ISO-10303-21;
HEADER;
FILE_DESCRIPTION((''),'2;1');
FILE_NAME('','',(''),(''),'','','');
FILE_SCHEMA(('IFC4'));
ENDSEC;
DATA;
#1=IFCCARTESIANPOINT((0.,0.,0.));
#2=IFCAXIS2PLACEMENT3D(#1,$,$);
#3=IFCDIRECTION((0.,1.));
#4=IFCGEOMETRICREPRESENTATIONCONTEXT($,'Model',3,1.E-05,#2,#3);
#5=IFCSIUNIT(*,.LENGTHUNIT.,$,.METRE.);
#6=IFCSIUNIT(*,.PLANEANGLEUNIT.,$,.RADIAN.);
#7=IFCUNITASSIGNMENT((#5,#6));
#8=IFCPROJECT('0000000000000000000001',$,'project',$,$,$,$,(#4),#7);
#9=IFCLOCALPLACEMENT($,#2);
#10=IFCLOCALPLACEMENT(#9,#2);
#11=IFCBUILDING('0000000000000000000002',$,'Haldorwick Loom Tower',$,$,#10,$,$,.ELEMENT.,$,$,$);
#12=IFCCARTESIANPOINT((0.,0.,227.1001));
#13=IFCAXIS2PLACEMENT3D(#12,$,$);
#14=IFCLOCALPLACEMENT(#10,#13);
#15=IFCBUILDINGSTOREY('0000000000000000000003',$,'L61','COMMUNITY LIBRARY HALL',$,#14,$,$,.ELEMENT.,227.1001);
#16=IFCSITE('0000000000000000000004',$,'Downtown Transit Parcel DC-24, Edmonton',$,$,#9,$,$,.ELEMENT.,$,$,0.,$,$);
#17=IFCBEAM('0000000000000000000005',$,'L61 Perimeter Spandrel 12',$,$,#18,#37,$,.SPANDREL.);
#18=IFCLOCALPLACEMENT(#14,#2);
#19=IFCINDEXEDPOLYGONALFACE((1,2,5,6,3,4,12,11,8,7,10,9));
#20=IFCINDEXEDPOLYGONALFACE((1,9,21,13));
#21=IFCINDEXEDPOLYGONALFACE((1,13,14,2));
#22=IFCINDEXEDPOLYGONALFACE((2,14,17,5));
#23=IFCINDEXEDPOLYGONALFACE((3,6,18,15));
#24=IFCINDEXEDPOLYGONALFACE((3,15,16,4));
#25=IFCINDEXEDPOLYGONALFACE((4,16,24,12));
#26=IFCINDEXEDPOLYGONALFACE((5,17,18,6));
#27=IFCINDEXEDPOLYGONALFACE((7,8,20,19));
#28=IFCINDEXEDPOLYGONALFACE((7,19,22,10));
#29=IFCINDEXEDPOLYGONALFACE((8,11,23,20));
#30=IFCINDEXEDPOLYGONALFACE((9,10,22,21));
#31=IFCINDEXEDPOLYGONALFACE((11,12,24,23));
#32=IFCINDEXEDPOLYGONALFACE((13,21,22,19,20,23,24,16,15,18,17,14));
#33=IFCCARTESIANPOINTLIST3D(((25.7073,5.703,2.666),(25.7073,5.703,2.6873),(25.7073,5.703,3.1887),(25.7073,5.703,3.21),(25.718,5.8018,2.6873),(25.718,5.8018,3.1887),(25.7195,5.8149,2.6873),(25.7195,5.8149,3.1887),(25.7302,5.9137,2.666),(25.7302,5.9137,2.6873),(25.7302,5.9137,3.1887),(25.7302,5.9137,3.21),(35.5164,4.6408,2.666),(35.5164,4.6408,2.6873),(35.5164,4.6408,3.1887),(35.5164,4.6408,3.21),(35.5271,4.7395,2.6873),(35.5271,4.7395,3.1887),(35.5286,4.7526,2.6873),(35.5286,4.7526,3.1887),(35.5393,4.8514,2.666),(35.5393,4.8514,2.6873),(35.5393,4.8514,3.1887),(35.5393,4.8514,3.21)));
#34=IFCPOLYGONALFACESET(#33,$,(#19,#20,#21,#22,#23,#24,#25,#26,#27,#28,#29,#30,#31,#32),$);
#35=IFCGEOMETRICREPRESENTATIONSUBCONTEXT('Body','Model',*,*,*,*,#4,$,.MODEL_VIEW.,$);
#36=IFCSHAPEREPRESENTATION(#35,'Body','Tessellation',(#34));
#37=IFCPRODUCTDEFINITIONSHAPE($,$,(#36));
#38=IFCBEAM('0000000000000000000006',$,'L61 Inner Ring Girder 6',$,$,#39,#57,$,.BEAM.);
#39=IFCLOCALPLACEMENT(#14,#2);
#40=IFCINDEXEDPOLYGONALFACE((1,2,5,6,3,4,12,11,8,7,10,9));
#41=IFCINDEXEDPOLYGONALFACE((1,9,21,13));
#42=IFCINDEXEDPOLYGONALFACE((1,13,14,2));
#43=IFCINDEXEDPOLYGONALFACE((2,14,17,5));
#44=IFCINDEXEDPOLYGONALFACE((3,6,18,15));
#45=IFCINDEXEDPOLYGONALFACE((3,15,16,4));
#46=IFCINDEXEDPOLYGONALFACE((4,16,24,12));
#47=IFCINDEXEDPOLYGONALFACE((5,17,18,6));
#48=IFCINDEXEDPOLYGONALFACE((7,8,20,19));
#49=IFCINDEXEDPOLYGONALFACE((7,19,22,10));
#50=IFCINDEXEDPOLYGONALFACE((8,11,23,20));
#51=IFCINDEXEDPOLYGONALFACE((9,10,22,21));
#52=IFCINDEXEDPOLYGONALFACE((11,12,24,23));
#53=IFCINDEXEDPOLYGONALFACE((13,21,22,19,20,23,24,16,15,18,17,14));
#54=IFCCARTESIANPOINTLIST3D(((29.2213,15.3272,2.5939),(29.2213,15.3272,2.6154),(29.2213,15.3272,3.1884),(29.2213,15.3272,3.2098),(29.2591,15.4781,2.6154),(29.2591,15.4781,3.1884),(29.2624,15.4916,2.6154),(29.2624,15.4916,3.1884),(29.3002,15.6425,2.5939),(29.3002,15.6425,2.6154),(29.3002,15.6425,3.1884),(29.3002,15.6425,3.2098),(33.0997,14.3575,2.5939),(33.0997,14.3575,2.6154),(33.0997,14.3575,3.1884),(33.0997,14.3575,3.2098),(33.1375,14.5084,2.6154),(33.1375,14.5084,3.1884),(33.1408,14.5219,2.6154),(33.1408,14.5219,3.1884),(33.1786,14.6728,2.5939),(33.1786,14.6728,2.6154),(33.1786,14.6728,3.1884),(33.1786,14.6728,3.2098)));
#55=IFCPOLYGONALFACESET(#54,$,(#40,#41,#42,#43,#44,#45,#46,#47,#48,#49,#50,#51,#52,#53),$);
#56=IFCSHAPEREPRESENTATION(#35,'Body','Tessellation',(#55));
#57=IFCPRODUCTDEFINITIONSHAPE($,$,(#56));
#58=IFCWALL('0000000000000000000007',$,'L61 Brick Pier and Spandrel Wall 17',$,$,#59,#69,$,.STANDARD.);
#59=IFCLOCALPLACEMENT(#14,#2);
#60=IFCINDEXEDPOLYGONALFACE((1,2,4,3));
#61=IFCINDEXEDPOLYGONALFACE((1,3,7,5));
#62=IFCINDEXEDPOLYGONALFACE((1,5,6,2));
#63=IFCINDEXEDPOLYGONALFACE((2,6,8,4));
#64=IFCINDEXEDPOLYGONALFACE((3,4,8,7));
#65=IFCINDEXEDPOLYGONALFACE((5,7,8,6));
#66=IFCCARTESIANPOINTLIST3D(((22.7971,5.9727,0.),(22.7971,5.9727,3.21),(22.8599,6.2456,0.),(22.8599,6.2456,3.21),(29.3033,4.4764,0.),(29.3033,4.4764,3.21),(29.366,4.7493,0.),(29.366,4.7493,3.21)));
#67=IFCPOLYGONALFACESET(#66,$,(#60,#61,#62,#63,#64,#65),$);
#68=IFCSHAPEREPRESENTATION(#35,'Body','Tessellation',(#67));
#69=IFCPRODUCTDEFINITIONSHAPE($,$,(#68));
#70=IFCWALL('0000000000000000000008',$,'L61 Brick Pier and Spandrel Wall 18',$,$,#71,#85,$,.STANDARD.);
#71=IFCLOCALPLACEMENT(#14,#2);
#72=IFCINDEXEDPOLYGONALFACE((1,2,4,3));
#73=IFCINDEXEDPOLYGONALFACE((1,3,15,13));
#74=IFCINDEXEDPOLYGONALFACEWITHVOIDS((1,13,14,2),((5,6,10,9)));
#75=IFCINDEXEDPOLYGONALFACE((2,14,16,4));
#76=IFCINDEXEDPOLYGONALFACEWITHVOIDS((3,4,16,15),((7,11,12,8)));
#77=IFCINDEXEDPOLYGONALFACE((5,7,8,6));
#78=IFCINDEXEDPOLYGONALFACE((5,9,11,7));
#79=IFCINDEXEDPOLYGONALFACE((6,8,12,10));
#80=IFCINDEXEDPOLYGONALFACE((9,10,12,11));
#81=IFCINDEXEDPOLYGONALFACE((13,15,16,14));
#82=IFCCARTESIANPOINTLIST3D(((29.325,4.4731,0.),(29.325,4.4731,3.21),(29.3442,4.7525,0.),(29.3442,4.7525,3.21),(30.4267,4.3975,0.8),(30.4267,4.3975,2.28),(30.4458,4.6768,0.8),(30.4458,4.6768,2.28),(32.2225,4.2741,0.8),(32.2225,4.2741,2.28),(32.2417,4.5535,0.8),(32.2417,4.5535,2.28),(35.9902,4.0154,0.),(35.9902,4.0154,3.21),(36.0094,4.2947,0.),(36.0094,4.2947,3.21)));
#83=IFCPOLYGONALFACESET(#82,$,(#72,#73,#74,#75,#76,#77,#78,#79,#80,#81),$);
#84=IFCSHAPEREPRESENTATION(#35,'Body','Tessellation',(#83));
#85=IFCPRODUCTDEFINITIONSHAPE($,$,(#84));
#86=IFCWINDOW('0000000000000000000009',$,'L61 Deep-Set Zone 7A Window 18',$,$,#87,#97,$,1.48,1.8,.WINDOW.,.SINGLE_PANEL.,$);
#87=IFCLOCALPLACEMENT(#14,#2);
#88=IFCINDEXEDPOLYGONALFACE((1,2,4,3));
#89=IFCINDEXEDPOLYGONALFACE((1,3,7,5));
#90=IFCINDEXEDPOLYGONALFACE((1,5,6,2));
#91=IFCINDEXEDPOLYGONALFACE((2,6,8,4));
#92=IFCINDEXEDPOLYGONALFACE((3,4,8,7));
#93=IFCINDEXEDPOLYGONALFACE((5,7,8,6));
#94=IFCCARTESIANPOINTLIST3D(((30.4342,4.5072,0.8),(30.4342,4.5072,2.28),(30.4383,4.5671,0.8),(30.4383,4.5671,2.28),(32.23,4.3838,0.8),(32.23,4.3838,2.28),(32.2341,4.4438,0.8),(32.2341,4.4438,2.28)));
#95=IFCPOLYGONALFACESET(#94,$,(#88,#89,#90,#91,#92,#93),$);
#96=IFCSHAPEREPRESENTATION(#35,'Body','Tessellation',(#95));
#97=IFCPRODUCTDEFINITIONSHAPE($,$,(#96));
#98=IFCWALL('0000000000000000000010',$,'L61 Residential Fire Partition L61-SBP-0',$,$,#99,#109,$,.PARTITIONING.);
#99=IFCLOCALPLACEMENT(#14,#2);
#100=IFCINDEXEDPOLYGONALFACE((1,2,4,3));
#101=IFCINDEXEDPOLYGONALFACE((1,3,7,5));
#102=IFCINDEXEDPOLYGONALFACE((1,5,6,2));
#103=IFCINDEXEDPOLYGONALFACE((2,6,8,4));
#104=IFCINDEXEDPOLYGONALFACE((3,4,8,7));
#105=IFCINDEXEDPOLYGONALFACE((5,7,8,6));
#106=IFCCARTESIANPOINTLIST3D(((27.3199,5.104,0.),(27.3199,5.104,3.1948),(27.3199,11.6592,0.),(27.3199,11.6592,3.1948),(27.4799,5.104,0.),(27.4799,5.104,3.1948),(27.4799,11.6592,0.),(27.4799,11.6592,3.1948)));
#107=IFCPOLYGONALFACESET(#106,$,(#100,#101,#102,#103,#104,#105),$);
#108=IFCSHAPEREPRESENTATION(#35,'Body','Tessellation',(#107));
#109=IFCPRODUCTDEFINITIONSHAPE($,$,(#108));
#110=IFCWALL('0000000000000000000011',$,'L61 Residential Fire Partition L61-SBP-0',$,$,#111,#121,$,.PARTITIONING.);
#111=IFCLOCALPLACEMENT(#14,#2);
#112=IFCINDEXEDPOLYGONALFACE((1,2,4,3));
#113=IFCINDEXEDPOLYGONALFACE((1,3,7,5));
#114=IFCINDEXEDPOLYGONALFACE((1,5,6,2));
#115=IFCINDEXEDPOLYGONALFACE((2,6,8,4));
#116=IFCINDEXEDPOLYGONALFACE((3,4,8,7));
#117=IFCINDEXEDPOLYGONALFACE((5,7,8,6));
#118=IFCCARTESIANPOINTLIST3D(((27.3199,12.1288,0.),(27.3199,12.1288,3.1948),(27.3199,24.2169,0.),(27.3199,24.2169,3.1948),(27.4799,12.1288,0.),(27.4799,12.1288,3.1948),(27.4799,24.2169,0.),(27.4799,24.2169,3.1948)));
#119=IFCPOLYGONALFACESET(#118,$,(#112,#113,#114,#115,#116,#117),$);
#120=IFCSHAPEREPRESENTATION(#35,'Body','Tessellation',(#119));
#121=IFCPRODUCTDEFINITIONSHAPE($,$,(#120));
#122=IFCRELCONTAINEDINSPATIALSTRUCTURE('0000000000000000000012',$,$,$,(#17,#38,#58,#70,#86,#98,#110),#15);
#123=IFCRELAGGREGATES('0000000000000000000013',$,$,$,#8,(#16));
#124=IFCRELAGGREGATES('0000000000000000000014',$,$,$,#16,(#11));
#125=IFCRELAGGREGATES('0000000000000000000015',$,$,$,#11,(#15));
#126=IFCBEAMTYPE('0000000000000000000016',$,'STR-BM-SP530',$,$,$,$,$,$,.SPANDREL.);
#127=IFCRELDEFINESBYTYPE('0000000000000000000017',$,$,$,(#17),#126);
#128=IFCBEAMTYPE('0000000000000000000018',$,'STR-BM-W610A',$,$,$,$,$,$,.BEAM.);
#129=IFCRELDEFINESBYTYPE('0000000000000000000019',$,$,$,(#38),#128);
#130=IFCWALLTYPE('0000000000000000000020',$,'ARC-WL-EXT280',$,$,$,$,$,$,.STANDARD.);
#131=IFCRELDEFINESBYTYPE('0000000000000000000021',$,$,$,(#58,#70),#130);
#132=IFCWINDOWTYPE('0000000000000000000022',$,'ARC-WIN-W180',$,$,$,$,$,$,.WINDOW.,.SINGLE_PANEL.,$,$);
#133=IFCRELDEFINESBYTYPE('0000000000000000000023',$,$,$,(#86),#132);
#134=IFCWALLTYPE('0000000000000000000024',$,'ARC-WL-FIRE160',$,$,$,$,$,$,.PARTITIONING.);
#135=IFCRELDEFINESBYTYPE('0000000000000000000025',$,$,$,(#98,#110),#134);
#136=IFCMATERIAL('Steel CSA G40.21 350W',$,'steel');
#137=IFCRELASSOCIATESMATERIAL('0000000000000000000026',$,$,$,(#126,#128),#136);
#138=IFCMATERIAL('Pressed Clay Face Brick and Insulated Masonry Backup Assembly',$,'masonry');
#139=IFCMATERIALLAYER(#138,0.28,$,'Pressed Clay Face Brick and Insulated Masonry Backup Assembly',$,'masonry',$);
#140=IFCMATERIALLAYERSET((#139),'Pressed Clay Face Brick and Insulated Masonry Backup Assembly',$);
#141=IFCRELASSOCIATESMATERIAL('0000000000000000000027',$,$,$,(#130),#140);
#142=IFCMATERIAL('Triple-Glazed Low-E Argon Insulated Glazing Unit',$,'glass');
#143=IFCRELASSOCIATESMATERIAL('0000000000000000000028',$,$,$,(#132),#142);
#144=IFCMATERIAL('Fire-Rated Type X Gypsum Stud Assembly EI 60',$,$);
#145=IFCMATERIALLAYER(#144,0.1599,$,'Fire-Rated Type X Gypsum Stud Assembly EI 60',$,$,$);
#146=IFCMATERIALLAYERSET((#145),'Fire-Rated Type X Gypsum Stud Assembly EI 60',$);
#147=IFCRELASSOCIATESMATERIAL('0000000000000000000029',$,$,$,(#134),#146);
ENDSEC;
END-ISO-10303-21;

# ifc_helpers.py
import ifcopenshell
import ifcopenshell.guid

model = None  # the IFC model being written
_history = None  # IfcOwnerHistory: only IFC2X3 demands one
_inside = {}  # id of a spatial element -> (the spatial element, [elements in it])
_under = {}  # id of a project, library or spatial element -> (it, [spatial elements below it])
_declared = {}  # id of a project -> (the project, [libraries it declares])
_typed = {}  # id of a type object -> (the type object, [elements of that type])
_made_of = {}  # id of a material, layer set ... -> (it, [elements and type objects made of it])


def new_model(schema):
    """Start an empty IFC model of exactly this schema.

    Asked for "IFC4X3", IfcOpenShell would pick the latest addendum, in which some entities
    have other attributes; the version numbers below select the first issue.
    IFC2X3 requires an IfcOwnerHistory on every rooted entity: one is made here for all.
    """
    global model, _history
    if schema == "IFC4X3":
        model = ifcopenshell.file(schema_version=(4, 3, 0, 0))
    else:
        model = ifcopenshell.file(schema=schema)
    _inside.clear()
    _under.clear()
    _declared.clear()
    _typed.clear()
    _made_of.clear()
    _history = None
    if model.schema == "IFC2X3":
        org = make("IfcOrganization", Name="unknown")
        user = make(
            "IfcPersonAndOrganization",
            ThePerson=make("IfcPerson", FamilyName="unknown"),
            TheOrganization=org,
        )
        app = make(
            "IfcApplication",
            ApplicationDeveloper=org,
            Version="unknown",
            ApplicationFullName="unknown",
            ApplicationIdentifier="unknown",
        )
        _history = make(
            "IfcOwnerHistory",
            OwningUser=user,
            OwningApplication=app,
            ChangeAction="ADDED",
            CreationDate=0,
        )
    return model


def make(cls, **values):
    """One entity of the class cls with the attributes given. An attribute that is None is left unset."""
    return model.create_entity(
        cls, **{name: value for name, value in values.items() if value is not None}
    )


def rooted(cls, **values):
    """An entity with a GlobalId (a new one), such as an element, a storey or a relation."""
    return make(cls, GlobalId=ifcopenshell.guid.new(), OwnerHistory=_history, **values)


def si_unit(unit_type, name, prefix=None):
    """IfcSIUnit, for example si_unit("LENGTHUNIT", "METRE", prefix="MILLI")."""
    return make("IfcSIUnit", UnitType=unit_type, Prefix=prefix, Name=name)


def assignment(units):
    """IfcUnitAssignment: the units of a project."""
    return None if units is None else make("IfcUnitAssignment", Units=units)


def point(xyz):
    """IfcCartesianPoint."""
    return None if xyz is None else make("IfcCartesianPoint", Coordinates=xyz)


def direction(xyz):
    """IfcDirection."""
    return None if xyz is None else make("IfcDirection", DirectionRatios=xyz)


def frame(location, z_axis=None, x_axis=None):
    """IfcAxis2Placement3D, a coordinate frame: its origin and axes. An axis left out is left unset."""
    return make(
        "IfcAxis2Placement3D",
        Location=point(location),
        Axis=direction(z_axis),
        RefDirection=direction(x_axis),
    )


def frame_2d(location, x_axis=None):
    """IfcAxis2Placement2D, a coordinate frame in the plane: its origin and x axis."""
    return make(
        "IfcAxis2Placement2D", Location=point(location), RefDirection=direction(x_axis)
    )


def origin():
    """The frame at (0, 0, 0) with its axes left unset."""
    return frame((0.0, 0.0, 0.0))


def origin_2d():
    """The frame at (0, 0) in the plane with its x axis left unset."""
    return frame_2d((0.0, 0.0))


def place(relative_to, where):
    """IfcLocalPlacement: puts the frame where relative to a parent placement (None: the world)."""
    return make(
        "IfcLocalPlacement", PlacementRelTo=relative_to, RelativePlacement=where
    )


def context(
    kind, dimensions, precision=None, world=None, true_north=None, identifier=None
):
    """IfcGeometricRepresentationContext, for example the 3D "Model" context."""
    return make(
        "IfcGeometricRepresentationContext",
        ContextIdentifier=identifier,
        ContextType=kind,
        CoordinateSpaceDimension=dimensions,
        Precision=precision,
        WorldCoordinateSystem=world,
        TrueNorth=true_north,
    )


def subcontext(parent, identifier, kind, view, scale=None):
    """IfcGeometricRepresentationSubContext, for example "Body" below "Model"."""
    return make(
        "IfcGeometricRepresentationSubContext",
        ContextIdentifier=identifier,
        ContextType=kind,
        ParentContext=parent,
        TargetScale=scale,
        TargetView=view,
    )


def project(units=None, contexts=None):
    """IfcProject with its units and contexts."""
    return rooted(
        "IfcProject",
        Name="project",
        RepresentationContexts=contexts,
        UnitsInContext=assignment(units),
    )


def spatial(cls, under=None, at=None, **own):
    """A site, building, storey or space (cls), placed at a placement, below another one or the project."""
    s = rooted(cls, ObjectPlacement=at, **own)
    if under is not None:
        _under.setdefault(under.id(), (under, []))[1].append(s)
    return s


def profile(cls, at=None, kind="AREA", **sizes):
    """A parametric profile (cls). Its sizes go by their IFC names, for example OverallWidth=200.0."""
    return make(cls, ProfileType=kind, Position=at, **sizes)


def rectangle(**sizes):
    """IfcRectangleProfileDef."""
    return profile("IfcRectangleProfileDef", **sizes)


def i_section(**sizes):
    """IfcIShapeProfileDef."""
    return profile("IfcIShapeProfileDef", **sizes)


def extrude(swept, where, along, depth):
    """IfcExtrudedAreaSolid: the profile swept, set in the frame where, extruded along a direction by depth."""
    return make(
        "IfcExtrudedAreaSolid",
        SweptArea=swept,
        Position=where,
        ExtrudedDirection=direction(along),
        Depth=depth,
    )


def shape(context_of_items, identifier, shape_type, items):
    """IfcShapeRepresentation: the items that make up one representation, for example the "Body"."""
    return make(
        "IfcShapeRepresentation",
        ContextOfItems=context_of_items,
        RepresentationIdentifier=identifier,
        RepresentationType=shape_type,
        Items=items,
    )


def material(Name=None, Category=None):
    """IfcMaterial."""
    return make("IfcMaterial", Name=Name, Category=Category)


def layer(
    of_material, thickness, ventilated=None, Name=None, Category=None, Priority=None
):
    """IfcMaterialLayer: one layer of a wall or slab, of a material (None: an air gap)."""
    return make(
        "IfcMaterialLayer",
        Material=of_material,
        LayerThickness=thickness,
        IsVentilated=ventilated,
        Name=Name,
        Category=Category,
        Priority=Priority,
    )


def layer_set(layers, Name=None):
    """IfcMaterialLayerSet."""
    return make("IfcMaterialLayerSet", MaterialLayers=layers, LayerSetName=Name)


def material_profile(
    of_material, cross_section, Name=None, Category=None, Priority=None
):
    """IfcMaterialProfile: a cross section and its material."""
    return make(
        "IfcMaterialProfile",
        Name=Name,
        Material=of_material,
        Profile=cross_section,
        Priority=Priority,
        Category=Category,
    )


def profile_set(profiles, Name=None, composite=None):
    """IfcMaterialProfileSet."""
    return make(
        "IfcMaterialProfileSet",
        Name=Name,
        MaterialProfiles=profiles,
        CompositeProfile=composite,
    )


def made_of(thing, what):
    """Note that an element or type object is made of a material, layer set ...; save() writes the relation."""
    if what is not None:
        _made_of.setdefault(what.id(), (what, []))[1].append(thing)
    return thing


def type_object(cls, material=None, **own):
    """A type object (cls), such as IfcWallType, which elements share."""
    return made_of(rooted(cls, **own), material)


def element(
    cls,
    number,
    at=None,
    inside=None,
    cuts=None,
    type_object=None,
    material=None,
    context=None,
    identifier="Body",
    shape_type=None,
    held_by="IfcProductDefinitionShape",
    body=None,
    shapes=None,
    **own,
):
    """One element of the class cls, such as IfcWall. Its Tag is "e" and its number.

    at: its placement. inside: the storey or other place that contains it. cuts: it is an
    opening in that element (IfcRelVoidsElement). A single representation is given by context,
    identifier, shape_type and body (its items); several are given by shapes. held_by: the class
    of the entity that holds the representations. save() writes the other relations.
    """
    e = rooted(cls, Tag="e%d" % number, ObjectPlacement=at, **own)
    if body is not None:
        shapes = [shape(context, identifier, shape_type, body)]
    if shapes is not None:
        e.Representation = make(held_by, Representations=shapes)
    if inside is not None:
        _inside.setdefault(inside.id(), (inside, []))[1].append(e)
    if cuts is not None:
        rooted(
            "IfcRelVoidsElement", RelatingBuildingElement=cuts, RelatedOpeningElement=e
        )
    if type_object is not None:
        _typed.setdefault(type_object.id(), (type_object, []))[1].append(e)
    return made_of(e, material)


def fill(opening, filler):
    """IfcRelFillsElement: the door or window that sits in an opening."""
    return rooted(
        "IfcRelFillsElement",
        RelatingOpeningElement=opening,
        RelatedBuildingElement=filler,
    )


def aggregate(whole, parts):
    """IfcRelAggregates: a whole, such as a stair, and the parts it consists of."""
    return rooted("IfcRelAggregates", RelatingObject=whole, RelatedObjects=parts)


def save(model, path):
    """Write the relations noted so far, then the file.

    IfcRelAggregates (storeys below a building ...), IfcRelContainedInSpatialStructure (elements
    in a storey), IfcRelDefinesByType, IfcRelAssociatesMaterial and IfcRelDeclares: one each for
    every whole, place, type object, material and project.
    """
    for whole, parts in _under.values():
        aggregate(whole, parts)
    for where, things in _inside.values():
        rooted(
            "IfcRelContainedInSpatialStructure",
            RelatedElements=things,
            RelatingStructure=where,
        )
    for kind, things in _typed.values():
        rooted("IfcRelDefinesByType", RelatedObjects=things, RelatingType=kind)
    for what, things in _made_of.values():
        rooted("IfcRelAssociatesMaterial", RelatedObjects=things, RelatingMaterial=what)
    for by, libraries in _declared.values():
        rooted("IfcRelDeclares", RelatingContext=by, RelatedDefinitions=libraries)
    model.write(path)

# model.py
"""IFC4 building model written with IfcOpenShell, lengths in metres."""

from ifc_helpers import new_model, si_unit, direction, frame, frame_2d, origin, origin_2d, place, context, subcontext, project, spatial, rectangle, i_section, extrude, material, layer, layer_set, material_profile, profile_set, type_object, element, fill, save


model = new_model("IFC4")

# Units and contexts
model_context = context("Model", 3, precision=1e-05, world=origin(), true_north=direction((0.0, 1.0)))
body_context = subcontext(model_context, "Body", "Model", "MODEL_VIEW")
ifc_project = project(units=[si_unit("LENGTHUNIT", "METRE"), si_unit("PLANEANGLEUNIT", "RADIAN")], contexts=[model_context])

# Site, building, storey
site_placement = place(None, origin())
site = spatial("IfcSite", under=ifc_project, at=site_placement, Name="Downtown Transit Parcel DC-24, Edmonton", CompositionType="ELEMENT", RefElevation=0.0)
building_placement = place(site_placement, origin())
building = spatial("IfcBuilding", under=site, at=building_placement, Name="Haldorwick Loom Tower", CompositionType="ELEMENT")
storey_placement = place(building_placement, frame((0.0, 0.0, 227.1001)))
storey = spatial("IfcBuildingStorey", under=building, at=storey_placement, Name="L61", Description="COMMUNITY LIBRARY HALL", CompositionType="ELEMENT", Elevation=227.1001)

# Beams
ifc_material_1 = material(Name="Steel CSA G40.21 350W", Category="steel")
ifc_material_profile_1 = material_profile(ifc_material_1, i_section(OverallWidth=0.2119, OverallDepth=0.5439, WebThickness=0.0132, FlangeThickness=0.0212, at=origin_2d()), Name="W530X123", Category="steel")
ifc_profile_set_1 = profile_set([ifc_material_profile_1], Name="Steel CSA G40.21 350W")
beam_type_1 = type_object("IfcBeamType", Name="STR-BM-SP530", PredefinedType="SPANDREL", material=ifc_profile_set_1)
beam_1_placement = place(storey_placement, frame((25.7188, 5.8083, 2.938), z_axis=(0.994187, -0.107664, 0.0), x_axis=(0.107664, 0.994187, 0.0)))
element("IfcBeam", 1, at=beam_1_placement, inside=storey, type_object=beam_type_1, Name="L61 Perimeter Spandrel 12", PredefinedType="SPANDREL", context=body_context, shape_type="SweptSolid", body=[
    extrude(i_section(OverallWidth=0.2119, OverallDepth=0.5439, WebThickness=0.0132, FlangeThickness=0.0212, at=origin_2d()), origin(), (0.0, 0.0, 1.0), 9.8665),
])
ifc_material_profile_2 = material_profile(ifc_material_1, i_section(OverallWidth=0.325, OverallDepth=0.616, WebThickness=0.0139, FlangeThickness=0.0215, at=origin_2d()), Name="W610X174", Category="steel")
ifc_profile_set_2 = profile_set([ifc_material_profile_2], Name="Steel CSA G40.21 350W")
beam_type_2 = type_object("IfcBeamType", Name="STR-BM-W610A", PredefinedType="BEAM", material=ifc_profile_set_2)
beam_2_placement = place(storey_placement, frame((33.1392, 14.5151, 2.9019), z_axis=(-0.970135, 0.242564, 0.0), x_axis=(-0.242564, -0.970135, 0.0)))
element("IfcBeam", 2, at=beam_2_placement, inside=storey, type_object=beam_type_2, Name="L61 Inner Ring Girder 6", PredefinedType="BEAM", context=body_context, shape_type="SweptSolid", body=[
    extrude(i_section(OverallWidth=0.325, OverallDepth=0.616, WebThickness=0.0139, FlangeThickness=0.0215, at=origin_2d()), origin(), (0.0, 0.0, 1.0), 3.9978),
])

# Wall
ifc_material_2 = material(Name="Pressed Clay Face Brick and Insulated Masonry Backup Assembly", Category="masonry")
ifc_layer_1 = layer(ifc_material_2, 0.28, Name="Pressed Clay Face Brick and Insulated Masonry Backup Assembly", Category="masonry")
ifc_layer_set_1 = layer_set([ifc_layer_1], Name="Pressed Clay Face Brick and Insulated Masonry Backup Assembly")
wall_type_1 = type_object("IfcWallType", Name="ARC-WL-EXT280", PredefinedType="STANDARD", material=ifc_layer_set_1)
wall_1_placement = place(storey_placement, frame((22.8286, 6.1091, 0.0), z_axis=(0.0, 0.0, 1.0), x_axis=(0.974557, -0.224138, 0.0)))
element("IfcWall", 3, at=wall_1_placement, inside=storey, type_object=wall_type_1, Name="L61 Brick Pier and Spandrel Wall 17", PredefinedType="STANDARD", context=body_context, shape_type="SweptSolid", body=[
    extrude(rectangle(XDim=6.676, YDim=0.28, at=frame_2d((3.3379, 0.0))), origin(), (0.0, 0.0, 1.0), 3.21),
])

# Wall, opening, window
wall_2_placement = place(storey_placement, frame((29.3347, 4.6128, 0.0), z_axis=(0.0, 0.0, 1.0), x_axis=(0.99765, -0.068517, 0.0)))
wall_2 = element("IfcWall", 4, at=wall_2_placement, inside=storey, type_object=wall_type_1, Name="L61 Brick Pier and Spandrel Wall 18", PredefinedType="STANDARD", context=body_context, shape_type="SweptSolid", body=[
    extrude(rectangle(XDim=6.6809, YDim=0.28, at=frame_2d((3.3403, 0.0))), origin(), (0.0, 0.0, 1.0), 3.21),
])
opening_placement = place(wall_2_placement, frame((1.1042, 0.0, 0.8)))
opening = element("IfcOpeningElement", 5, at=opening_placement, cuts=wall_2, PredefinedType="OPENING", context=body_context, shape_type="SweptSolid", body=[
    extrude(rectangle(XDim=1.8, YDim=1.48, at=frame_2d((0.8999, 0.74))), frame((0.0, 0.1499, 0.0), z_axis=(0.0, -1.0, 0.0), x_axis=(1.0, 0.0, 0.0)), (0.0, 0.0, 1.0), 0.3),
])
ifc_material_3 = material(Name="Triple-Glazed Low-E Argon Insulated Glazing Unit", Category="glass")
window_type = type_object("IfcWindowType", Name="ARC-WIN-W180", PartitioningType="SINGLE_PANEL", PredefinedType="WINDOW", material=ifc_material_3)
window_placement = place(opening_placement, origin())
window = element("IfcWindow", 6, at=window_placement, inside=storey, type_object=window_type, Name="L61 Deep-Set Zone 7A Window 18", OverallHeight=1.48, OverallWidth=1.8, PartitioningType="SINGLE_PANEL", PredefinedType="WINDOW", context=body_context, shape_type="SweptSolid", body=[
    extrude(rectangle(XDim=1.8, YDim=1.48, at=frame_2d((0.8999, 0.74))), frame((0.0, 0.03, 0.0), z_axis=(0.0, -1.0, 0.0), x_axis=(1.0, 0.0, 0.0)), (0.0, 0.0, 1.0), 0.0601),
])
fill(opening, window)

# Walls
ifc_material_4 = material(Name="Fire-Rated Type X Gypsum Stud Assembly EI 60")
ifc_layer_2 = layer(ifc_material_4, 0.1599, Name="Fire-Rated Type X Gypsum Stud Assembly EI 60")
ifc_layer_set_2 = layer_set([ifc_layer_2], Name="Fire-Rated Type X Gypsum Stud Assembly EI 60")
wall_type_2 = type_object("IfcWallType", Name="ARC-WL-FIRE160", PredefinedType="PARTITIONING", material=ifc_layer_set_2)
wall_3_placement = place(storey_placement, frame((27.3999, 5.104, 0.0), z_axis=(0.0, 0.0, 1.0), x_axis=(0.0, 1.0, 0.0)))
element("IfcWall", 7, at=wall_3_placement, inside=storey, type_object=wall_type_2, Name="L61 Residential Fire Partition L61-SBP-0", PredefinedType="PARTITIONING", context=body_context, shape_type="SweptSolid", body=[
    extrude(rectangle(XDim=6.5552, YDim=0.1599, at=frame_2d((3.2776, 0.0))), origin(), (0.0, 0.0, 1.0), 3.1948),
])
wall_4_placement = place(storey_placement, frame((27.3999, 12.1289, 0.0), z_axis=(0.0, 0.0, 1.0), x_axis=(0.0, 1.0, 0.0)))
element("IfcWall", 8, at=wall_4_placement, inside=storey, type_object=wall_type_2, Name="L61 Residential Fire Partition L61-SBP-0", PredefinedType="PARTITIONING", context=body_context, shape_type="SweptSolid", body=[
    extrude(rectangle(XDim=12.0881, YDim=0.1599, at=frame_2d((6.0439, 0.0))), origin(), (0.0, 0.0, 1.0), 3.1948),
])

save(model, "model.ifc")
